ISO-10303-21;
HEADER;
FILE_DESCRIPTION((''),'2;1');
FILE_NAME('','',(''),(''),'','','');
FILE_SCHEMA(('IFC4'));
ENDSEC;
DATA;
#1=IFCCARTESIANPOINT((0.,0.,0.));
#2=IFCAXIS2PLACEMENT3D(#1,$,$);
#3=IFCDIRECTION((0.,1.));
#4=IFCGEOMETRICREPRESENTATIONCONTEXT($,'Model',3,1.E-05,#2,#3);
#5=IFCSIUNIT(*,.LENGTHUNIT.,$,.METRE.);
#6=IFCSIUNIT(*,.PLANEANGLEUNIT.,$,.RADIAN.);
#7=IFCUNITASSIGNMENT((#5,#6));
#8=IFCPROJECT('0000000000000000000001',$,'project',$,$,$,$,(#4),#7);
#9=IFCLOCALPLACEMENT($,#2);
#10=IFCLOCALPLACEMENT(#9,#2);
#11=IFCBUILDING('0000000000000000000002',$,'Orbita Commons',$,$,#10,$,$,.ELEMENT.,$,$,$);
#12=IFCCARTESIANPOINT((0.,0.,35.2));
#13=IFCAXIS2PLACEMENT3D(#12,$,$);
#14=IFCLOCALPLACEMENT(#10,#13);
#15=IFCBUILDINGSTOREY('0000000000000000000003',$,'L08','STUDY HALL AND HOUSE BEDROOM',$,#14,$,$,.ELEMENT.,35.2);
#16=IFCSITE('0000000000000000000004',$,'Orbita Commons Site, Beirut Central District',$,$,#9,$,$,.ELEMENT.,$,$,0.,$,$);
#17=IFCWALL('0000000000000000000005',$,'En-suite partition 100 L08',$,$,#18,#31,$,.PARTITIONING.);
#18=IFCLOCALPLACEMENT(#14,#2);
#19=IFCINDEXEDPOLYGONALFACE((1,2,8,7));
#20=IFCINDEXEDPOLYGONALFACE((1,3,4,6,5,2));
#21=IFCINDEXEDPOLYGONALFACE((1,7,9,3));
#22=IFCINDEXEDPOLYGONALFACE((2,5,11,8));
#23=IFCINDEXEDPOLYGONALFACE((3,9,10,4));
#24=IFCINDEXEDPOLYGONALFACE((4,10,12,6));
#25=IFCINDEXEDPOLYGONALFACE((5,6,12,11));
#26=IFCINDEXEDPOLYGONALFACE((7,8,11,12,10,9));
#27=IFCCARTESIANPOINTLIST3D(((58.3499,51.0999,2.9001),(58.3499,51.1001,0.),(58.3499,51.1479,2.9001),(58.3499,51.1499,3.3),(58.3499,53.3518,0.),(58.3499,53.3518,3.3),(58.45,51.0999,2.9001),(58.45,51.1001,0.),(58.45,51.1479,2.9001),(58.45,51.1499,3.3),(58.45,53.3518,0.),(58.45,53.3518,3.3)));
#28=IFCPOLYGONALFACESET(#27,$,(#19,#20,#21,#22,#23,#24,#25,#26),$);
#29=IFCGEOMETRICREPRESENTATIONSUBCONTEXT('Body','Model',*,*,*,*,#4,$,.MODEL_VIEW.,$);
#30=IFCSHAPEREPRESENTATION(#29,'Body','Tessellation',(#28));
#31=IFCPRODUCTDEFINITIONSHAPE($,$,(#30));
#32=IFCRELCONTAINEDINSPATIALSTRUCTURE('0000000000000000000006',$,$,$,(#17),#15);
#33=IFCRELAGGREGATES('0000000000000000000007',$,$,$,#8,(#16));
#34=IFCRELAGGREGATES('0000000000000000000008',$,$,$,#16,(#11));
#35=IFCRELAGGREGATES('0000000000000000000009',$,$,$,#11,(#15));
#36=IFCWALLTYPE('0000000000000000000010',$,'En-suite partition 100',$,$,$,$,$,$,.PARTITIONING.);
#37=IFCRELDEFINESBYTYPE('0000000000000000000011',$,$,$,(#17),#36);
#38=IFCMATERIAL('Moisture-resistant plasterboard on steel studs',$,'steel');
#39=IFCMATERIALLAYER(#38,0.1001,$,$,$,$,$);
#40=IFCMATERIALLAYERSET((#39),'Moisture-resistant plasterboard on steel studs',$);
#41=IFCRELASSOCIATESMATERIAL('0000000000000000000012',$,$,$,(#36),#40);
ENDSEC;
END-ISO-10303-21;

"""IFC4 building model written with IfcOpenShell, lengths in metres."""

from ifc_helpers import new_model, si_unit, direction, frame, origin, place, context, subcontext, project, spatial, polyline, outline, extrude, material, layer, layer_set, type_object, element, save


model = new_model("IFC4")

# Units and contexts
model_context = context("Model", 3, precision=1e-05, world=origin(), true_north=direction((0.0, 1.0)))
body_context = subcontext(model_context, "Body", "Model", "MODEL_VIEW")
ifc_project = project(units=[si_unit("LENGTHUNIT", "METRE"), si_unit("PLANEANGLEUNIT", "RADIAN")], contexts=[model_context])

# Site, building, storey
site_placement = place(None, origin())
site = spatial("IfcSite", under=ifc_project, at=site_placement, Name="Orbita Commons Site, Beirut Central District", CompositionType="ELEMENT", RefElevation=0.0)
building_placement = place(site_placement, origin())
building = spatial("IfcBuilding", under=site, at=building_placement, Name="Orbita Commons", CompositionType="ELEMENT")
storey_placement = place(building_placement, frame((0.0, 0.0, 35.2)))
storey = spatial("IfcBuildingStorey", under=building, at=storey_placement, Name="L08", Description="STUDY HALL AND HOUSE BEDROOM", CompositionType="ELEMENT", Elevation=35.2)

# Shared definitions
ifc_material_1 = material(Name="Moisture-resistant plasterboard on steel studs", Category="steel")
ifc_layer_1 = layer(ifc_material_1, 0.1001)
ifc_layer_set_1 = layer_set([ifc_layer_1], Name="Moisture-resistant plasterboard on steel studs")
wall_type_1 = type_object("IfcWallType", Name="En-suite partition 100", PredefinedType="PARTITIONING", material=ifc_layer_set_1)

# Wall
wall_1_placement = place(storey_placement, frame((58.3999, 53.3518, 0.0), z_axis=(0.0, 0.0, 1.0), x_axis=(0.0, -1.0, 0.0)))
element("IfcWall", 1, at=wall_1_placement, inside=storey, type_object=wall_type_1, Name="En-suite partition 100 L08", PredefinedType="PARTITIONING", context=body_context, shape_type="SweptSolid", body=[
    extrude(outline(polyline([(0.0, 0.0), (2.2517, 0.0), (2.252, 2.9001), (2.2039, 2.9001), (2.2019, 3.3), (0.0, 3.3), (0.0, 0.0)])), frame((0.0, 0.05, 0.0), z_axis=(0.0, -1.0, 0.0), x_axis=(1.0, 0.0, 0.0)), (0.0, 0.0, 1.0), 0.1001),
])

save(model, "model.ifc")
